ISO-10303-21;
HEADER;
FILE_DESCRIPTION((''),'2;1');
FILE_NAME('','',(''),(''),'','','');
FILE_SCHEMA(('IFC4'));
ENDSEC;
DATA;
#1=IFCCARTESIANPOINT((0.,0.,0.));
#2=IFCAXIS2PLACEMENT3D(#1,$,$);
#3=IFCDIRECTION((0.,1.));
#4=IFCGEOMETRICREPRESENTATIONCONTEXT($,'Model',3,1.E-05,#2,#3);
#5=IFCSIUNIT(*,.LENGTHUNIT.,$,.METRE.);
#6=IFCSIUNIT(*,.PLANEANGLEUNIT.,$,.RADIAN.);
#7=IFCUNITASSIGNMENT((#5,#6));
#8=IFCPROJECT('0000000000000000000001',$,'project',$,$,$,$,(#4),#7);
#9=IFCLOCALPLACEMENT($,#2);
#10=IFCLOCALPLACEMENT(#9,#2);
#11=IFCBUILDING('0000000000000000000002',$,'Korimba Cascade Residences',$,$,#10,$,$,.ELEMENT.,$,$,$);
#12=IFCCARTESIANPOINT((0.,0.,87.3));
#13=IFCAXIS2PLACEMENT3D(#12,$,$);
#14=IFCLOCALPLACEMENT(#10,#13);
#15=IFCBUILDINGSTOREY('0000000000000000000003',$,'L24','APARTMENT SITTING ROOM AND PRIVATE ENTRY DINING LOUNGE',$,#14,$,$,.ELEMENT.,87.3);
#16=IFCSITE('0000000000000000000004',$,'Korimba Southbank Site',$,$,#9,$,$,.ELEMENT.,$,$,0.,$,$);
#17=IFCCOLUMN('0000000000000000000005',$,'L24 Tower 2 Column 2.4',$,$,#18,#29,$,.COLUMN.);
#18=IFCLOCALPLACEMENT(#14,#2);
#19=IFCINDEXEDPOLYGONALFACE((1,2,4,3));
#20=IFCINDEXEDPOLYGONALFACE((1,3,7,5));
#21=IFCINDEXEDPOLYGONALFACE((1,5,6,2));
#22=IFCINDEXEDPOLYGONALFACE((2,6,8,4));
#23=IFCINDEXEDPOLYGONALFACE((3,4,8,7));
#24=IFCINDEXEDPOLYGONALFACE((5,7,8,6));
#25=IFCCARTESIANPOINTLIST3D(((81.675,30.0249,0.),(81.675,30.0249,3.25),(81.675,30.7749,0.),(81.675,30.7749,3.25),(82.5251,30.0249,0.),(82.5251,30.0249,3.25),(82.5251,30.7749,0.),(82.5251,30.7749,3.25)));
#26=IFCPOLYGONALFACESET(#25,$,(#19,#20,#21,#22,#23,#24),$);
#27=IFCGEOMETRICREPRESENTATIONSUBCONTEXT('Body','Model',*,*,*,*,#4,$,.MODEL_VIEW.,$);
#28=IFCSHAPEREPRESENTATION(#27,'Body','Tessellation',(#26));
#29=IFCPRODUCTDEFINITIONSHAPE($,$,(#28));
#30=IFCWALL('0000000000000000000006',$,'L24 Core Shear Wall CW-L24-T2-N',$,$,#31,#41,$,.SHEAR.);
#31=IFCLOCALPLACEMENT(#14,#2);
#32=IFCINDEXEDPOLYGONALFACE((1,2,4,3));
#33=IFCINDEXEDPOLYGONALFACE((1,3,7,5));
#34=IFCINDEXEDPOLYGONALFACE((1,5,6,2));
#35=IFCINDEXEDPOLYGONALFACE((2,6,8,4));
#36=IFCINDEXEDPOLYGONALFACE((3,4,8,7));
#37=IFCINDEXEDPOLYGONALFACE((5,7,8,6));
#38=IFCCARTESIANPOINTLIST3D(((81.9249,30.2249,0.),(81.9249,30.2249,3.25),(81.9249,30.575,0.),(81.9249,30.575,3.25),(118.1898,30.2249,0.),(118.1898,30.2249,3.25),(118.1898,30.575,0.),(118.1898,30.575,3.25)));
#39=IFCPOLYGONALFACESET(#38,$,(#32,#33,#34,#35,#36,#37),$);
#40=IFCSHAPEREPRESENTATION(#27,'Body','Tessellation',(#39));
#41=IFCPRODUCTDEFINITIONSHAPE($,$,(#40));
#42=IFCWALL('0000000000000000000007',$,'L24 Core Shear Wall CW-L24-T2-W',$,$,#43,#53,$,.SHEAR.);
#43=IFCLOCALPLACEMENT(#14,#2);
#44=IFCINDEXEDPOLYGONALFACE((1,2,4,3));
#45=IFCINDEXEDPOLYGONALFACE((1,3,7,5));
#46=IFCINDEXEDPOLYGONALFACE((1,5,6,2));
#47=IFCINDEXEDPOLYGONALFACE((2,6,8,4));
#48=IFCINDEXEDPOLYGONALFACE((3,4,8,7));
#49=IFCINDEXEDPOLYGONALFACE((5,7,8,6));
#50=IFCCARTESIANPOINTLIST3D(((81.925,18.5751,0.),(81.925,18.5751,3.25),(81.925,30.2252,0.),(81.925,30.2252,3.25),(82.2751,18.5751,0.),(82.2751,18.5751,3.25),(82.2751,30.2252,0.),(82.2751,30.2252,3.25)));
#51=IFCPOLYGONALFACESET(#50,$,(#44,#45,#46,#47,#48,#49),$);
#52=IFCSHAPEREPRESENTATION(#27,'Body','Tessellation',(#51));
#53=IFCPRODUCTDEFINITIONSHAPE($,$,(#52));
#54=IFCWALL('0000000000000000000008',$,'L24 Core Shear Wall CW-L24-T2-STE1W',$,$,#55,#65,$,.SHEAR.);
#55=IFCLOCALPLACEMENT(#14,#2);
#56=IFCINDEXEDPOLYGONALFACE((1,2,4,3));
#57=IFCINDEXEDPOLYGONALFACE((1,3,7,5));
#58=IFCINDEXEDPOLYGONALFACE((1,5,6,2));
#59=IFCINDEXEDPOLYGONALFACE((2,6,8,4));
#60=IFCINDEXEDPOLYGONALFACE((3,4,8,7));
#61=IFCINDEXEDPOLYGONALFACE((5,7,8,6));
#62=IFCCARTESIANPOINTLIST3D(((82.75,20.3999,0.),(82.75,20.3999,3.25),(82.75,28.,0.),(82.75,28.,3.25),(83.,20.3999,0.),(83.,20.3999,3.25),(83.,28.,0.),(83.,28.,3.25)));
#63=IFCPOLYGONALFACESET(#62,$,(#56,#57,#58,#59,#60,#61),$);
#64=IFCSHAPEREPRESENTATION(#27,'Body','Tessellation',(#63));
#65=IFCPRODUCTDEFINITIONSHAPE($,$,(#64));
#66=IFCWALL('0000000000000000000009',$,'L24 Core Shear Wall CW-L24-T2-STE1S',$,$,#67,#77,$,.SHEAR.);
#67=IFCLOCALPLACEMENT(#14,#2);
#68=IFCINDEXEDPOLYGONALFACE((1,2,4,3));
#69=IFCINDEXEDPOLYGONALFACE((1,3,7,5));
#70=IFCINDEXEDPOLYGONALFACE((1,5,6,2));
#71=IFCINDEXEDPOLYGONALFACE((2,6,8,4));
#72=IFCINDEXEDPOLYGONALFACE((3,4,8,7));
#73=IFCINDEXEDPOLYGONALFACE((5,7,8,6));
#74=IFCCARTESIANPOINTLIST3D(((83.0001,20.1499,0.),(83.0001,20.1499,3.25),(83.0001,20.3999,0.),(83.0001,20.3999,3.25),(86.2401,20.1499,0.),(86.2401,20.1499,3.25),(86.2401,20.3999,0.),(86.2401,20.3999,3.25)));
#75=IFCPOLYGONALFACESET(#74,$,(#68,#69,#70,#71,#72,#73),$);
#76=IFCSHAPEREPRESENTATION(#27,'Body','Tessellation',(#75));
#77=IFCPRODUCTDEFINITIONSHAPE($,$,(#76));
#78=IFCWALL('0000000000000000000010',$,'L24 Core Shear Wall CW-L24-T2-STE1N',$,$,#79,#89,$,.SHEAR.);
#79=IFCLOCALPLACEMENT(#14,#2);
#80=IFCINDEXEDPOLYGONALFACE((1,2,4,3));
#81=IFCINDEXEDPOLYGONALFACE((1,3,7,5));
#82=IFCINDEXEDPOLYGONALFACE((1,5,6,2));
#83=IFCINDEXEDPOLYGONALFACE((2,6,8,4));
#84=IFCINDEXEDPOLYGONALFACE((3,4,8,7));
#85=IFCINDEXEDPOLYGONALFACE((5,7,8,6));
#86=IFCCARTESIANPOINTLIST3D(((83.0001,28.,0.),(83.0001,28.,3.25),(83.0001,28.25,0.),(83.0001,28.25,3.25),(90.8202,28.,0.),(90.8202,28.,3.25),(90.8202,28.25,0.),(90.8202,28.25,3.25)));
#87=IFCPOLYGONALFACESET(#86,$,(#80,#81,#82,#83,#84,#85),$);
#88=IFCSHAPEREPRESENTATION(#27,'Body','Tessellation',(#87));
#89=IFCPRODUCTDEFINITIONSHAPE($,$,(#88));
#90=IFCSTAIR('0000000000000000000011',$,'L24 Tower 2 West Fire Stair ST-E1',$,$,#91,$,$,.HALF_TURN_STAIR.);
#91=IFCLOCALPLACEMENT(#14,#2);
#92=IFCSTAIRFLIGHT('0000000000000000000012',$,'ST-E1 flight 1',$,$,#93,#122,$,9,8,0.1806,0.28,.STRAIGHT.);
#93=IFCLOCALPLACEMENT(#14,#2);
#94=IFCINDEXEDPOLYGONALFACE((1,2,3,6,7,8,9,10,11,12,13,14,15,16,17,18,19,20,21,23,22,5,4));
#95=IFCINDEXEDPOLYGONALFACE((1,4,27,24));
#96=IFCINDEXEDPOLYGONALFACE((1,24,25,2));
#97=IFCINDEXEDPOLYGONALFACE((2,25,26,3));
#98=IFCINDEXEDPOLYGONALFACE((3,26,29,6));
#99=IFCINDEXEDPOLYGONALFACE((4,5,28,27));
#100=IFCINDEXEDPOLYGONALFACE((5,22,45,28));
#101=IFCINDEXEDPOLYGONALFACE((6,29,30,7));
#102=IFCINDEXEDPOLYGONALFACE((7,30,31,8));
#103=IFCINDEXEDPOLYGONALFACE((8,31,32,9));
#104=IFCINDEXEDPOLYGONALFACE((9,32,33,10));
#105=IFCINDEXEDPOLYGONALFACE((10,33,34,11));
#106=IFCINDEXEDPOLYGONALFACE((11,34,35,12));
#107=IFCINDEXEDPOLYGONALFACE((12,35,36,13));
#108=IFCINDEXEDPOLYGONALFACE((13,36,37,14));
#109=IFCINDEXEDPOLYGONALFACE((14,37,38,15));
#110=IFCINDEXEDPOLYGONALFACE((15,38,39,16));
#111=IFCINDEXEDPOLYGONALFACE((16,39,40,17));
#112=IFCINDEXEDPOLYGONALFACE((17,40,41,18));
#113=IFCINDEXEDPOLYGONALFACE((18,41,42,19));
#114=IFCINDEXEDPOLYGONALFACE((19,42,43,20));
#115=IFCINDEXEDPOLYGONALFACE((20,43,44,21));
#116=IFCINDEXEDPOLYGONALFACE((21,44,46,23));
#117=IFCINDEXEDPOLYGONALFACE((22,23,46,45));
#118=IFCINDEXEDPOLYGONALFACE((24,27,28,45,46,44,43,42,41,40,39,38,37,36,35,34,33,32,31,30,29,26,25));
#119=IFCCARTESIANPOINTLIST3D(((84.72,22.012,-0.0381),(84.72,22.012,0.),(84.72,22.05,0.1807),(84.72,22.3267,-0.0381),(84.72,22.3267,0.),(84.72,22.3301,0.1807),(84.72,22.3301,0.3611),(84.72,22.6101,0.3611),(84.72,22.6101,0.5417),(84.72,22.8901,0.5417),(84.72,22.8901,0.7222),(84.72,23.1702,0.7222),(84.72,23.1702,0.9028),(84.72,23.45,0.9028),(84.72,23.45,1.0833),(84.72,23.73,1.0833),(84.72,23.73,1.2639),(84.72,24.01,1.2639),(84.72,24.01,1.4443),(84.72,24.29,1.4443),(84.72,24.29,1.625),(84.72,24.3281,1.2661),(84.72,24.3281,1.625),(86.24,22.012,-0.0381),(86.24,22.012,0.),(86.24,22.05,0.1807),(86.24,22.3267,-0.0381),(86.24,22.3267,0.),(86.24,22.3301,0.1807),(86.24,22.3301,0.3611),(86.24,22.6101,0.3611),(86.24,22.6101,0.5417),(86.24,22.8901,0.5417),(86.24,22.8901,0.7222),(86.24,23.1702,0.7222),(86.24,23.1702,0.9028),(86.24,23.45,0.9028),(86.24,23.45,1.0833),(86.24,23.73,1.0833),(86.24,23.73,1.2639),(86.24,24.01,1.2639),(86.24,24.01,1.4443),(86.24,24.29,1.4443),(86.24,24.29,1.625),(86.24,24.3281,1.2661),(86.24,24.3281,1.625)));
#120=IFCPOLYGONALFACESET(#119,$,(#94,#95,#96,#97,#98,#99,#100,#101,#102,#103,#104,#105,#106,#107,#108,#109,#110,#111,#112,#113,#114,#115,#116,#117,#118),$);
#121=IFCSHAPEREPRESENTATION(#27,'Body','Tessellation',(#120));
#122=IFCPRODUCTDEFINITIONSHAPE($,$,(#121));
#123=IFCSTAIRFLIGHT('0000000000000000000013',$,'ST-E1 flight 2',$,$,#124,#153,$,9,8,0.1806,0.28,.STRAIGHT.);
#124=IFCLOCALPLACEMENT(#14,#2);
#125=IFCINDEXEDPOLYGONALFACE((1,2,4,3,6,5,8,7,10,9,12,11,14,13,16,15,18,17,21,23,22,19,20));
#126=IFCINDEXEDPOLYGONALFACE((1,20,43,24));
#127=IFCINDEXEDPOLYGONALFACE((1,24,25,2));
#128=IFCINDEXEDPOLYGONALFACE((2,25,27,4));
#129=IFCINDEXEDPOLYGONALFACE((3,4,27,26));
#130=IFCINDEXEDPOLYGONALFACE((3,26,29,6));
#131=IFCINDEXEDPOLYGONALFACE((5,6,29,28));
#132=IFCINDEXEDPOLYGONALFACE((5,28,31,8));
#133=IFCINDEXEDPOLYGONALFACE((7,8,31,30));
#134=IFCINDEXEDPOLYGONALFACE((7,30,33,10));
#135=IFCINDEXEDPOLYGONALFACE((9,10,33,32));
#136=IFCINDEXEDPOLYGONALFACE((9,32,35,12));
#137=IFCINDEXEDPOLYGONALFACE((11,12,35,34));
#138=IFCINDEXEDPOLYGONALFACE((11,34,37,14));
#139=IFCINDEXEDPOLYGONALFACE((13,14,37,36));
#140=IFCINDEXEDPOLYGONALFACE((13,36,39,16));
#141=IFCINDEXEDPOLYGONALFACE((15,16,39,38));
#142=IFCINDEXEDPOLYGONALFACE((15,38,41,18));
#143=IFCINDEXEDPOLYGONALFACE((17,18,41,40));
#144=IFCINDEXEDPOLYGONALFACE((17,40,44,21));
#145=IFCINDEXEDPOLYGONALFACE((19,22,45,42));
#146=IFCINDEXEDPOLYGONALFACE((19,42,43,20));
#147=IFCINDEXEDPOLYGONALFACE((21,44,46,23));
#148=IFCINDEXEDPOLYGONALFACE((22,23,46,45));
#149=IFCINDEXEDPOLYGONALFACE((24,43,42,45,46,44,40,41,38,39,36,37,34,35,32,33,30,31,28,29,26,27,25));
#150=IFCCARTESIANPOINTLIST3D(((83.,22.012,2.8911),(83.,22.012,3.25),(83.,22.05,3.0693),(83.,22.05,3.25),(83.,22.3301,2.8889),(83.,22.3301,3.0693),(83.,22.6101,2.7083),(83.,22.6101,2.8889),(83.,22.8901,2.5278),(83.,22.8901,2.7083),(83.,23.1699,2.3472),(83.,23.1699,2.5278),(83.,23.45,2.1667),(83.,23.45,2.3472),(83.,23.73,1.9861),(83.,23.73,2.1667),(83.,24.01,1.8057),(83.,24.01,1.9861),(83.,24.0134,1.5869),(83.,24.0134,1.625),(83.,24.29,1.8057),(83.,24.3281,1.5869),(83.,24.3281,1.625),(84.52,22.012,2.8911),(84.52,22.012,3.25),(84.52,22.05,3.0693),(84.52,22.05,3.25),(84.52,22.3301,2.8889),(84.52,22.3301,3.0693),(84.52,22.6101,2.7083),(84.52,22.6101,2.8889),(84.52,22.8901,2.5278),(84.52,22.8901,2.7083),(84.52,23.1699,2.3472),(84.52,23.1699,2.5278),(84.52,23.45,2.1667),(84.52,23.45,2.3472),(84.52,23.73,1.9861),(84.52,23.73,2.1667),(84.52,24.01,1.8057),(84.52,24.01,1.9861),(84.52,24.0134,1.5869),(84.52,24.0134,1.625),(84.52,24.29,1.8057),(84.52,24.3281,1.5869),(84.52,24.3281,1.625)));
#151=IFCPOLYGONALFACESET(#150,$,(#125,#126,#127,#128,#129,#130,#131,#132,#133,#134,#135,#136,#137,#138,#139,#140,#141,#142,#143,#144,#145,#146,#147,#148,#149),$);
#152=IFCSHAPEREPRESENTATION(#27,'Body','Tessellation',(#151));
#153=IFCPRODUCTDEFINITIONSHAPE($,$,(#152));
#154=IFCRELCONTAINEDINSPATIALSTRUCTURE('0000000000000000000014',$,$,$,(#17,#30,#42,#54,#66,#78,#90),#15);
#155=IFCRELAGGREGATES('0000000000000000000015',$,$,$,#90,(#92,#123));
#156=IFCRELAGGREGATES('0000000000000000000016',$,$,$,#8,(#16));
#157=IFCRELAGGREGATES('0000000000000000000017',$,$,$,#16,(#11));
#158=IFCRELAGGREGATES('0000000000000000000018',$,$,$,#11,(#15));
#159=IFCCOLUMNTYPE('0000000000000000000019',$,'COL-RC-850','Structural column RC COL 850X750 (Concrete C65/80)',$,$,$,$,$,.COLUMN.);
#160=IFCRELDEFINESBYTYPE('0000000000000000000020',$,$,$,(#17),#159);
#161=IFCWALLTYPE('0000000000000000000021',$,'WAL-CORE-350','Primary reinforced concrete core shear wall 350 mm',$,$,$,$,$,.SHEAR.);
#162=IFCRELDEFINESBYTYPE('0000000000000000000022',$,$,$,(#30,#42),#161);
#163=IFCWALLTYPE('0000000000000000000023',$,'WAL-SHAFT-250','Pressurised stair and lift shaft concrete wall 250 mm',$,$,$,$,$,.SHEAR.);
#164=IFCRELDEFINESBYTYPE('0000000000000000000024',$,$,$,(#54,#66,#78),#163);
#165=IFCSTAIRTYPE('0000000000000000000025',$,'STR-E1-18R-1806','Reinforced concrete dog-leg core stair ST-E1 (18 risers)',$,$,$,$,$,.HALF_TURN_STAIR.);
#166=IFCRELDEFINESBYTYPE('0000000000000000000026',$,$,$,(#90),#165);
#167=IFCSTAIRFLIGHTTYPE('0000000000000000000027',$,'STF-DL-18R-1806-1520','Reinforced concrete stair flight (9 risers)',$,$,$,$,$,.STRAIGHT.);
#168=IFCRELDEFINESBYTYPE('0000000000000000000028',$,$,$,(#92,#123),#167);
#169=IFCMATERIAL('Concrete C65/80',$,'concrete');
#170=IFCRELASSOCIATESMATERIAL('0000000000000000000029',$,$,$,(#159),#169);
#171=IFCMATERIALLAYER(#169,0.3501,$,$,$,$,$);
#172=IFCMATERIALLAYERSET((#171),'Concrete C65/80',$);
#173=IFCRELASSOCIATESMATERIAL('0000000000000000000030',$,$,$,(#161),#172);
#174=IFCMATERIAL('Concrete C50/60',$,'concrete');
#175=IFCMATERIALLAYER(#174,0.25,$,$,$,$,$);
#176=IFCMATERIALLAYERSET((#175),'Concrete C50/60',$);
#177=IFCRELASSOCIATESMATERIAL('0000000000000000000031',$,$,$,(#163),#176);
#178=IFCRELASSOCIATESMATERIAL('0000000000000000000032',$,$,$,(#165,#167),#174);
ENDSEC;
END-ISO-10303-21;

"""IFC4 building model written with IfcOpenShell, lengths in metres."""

from ifc_helpers import new_model, si_unit, direction, frame, frame_2d, origin, origin_2d, place, context, subcontext, project, spatial, polyline, rectangle, outline, extrude, material, layer, layer_set, material_profile, profile_set, type_object, element, aggregate, save


model = new_model("IFC4")

# Units and contexts
model_context = context("Model", 3, precision=1e-05, world=origin(), true_north=direction((0.0, 1.0)))
body_context = subcontext(model_context, "Body", "Model", "MODEL_VIEW")
ifc_project = project(units=[si_unit("LENGTHUNIT", "METRE"), si_unit("PLANEANGLEUNIT", "RADIAN")], contexts=[model_context])

# Site, building, storey
site_placement = place(None, origin())
site = spatial("IfcSite", under=ifc_project, at=site_placement, Name="Korimba Southbank Site", CompositionType="ELEMENT", RefElevation=0.0)
building_placement = place(site_placement, origin())
building = spatial("IfcBuilding", under=site, at=building_placement, Name="Korimba Cascade Residences", CompositionType="ELEMENT")
storey_placement = place(building_placement, frame((0.0, 0.0, 87.3)))
storey = spatial("IfcBuildingStorey", under=building, at=storey_placement, Name="L24", Description="APARTMENT SITTING ROOM AND PRIVATE ENTRY DINING LOUNGE", CompositionType="ELEMENT", Elevation=87.3)

# Column
ifc_material_1 = material(Name="Concrete C65/80", Category="concrete")
ifc_material_profile = material_profile(ifc_material_1, rectangle(XDim=0.8501, YDim=0.75, at=origin_2d()), Name="Concrete C65/80")
ifc_profile_set = profile_set([ifc_material_profile], Name="Concrete C65/80")
column_type = type_object("IfcColumnType", Name="COL-RC-850", Description="Structural column RC COL 850X750 (Concrete C65/80)", PredefinedType="COLUMN", material=ifc_profile_set)
column_placement = place(storey_placement, frame((82.1001, 30.3999, 0.0), z_axis=(0.0, 0.0, 1.0), x_axis=(1.0, 0.0, 0.0)))
element("IfcColumn", 1, at=column_placement, inside=storey, type_object=column_type, Name="L24 Tower 2 Column 2.4", PredefinedType="COLUMN", context=body_context, shape_type="SweptSolid", body=[
    extrude(rectangle(XDim=0.8501, YDim=0.75, at=origin_2d()), origin(), (0.0, 0.0, 1.0), 3.25),
])

# Walls
ifc_layer_1 = layer(ifc_material_1, 0.3501)
ifc_layer_set_1 = layer_set([ifc_layer_1], Name="Concrete C65/80")
wall_type_1 = type_object("IfcWallType", Name="WAL-CORE-350", Description="Primary reinforced concrete core shear wall 350 mm", PredefinedType="SHEAR", material=ifc_layer_set_1)
wall_1_placement = place(storey_placement, frame((81.925, 30.3999, 0.0), z_axis=(0.0, 0.0, 1.0), x_axis=(1.0, 0.0, 0.0)))
element("IfcWall", 2, at=wall_1_placement, inside=storey, type_object=wall_type_1, Name="L24 Core Shear Wall CW-L24-T2-N", PredefinedType="SHEAR", context=body_context, shape_type="SweptSolid", body=[
    extrude(rectangle(XDim=36.2649, YDim=0.3501, at=frame_2d((18.1323, 0.0))), origin(), (0.0, 0.0, 1.0), 3.25),
])
wall_2_placement = place(storey_placement, frame((82.1001, 18.575, 0.0), z_axis=(0.0, 0.0, 1.0), x_axis=(0.0, 1.0, 0.0)))
element("IfcWall", 3, at=wall_2_placement, inside=storey, type_object=wall_type_1, Name="L24 Core Shear Wall CW-L24-T2-W", PredefinedType="SHEAR", context=body_context, shape_type="SweptSolid", body=[
    extrude(rectangle(XDim=11.6501, YDim=0.3501, at=frame_2d((5.8252, 0.0))), origin(), (0.0, 0.0, 1.0), 3.25),
])
ifc_material_2 = material(Name="Concrete C50/60", Category="concrete")
ifc_layer_2 = layer(ifc_material_2, 0.25)
ifc_layer_set_2 = layer_set([ifc_layer_2], Name="Concrete C50/60")
wall_type_2 = type_object("IfcWallType", Name="WAL-SHAFT-250", Description="Pressurised stair and lift shaft concrete wall 250 mm", PredefinedType="SHEAR", material=ifc_layer_set_2)
wall_3_placement = place(storey_placement, frame((82.875, 20.3999, 0.0), z_axis=(0.0, 0.0, 1.0), x_axis=(0.0, 1.0, 0.0)))
element("IfcWall", 4, at=wall_3_placement, inside=storey, type_object=wall_type_2, Name="L24 Core Shear Wall CW-L24-T2-STE1W", PredefinedType="SHEAR", context=body_context, shape_type="SweptSolid", body=[
    extrude(rectangle(XDim=7.6001, YDim=0.25, at=frame_2d((3.8, 0.0))), origin(), (0.0, 0.0, 1.0), 3.25),
])
wall_4_placement = place(storey_placement, frame((83.0, 20.2749, 0.0), z_axis=(0.0, 0.0, 1.0), x_axis=(1.0, 0.0, 0.0)))
element("IfcWall", 5, at=wall_4_placement, inside=storey, type_object=wall_type_2, Name="L24 Core Shear Wall CW-L24-T2-STE1S", PredefinedType="SHEAR", context=body_context, shape_type="SweptSolid", body=[
    extrude(rectangle(XDim=3.24, YDim=0.25, at=frame_2d((1.6201, 0.0))), origin(), (0.0, 0.0, 1.0), 3.25),
])
wall_5_placement = place(storey_placement, frame((83.0, 28.125, 0.0), z_axis=(0.0, 0.0, 1.0), x_axis=(1.0, 0.0, 0.0)))
element("IfcWall", 6, at=wall_5_placement, inside=storey, type_object=wall_type_2, Name="L24 Core Shear Wall CW-L24-T2-STE1N", PredefinedType="SHEAR", context=body_context, shape_type="SweptSolid", body=[
    extrude(rectangle(XDim=7.8201, YDim=0.25, at=frame_2d((3.9102, 0.0))), origin(), (0.0, 0.0, 1.0), 3.25),
])

# Stair, stair flights
stair_type = type_object("IfcStairType", Name="STR-E1-18R-1806", Description="Reinforced concrete dog-leg core stair ST-E1 (18 risers)", PredefinedType="HALF_TURN_STAIR", material=ifc_material_2)
stair_placement = place(storey_placement, origin())
stair = element("IfcStair", 7, at=stair_placement, inside=storey, type_object=stair_type, Name="L24 Tower 2 West Fire Stair ST-E1", PredefinedType="HALF_TURN_STAIR")
stair_flight_type = type_object("IfcStairFlightType", Name="STF-DL-18R-1806-1520", Description="Reinforced concrete stair flight (9 risers)", PredefinedType="STRAIGHT", material=ifc_material_2)
stair_flight_1_placement = place(storey_placement, frame((85.48, 22.05, 0.0), z_axis=(0.0, 0.0, 1.0), x_axis=(0.0, 1.0, 0.0)))
stair_flight_1 = element("IfcStairFlight", 8, at=stair_flight_1_placement, type_object=stair_flight_type, Name="ST-E1 flight 1", NumberOfRisers=9, NumberOfTreads=8, PredefinedType="STRAIGHT", RiserHeight=0.1806, TreadLength=0.28, context=body_context, shape_type="SweptSolid", body=[
    extrude(outline(polyline([(-0.0381, 0.0), (0.0, 0.1807), (0.28, 0.1807), (0.28, 0.3611), (0.5601, 0.3611), (0.5601, 0.5417), (0.8401, 0.5417), (0.8401, 0.7222), (1.1201, 0.7222), (1.1201, 0.9028), (1.3999, 0.9028), (1.3999, 1.0833), (1.6799, 1.0833), (1.6799, 1.2639), (1.96, 1.2639), (1.96, 1.4443), (2.24, 1.4443), (2.24, 1.625), (2.2781, 1.625), (2.2781, 1.2661), (0.2766, 0.0), (0.2766, -0.0381), (-0.0381, -0.0381), (-0.0381, 0.0)])), frame((0.0, 0.76, 0.0), z_axis=(0.0, -1.0, 0.0), x_axis=(1.0, 0.0, 0.0)), (0.0, 0.0, 1.0), 1.52),
])
stair_flight_2_placement = place(storey_placement, frame((83.76, 24.29, 1.625), z_axis=(0.0, 0.0, 1.0), x_axis=(0.0, -1.0, 0.0)))
stair_flight_2 = element("IfcStairFlight", 9, at=stair_flight_2_placement, type_object=stair_flight_type, Name="ST-E1 flight 2", NumberOfRisers=9, NumberOfTreads=8, PredefinedType="STRAIGHT", RiserHeight=0.1806, TreadLength=0.28, context=body_context, shape_type="SweptSolid", body=[
    extrude(outline(polyline([(-0.0381, 0.0), (0.0, 0.1807), (0.28, 0.1807), (0.28, 0.3611), (0.5601, 0.3611), (0.5601, 0.5417), (0.8401, 0.5417), (0.8401, 0.7222), (1.1201, 0.7222), (1.1201, 0.9028), (1.3999, 0.9028), (1.3999, 1.0833), (1.6799, 1.0833), (1.6799, 1.2639), (1.96, 1.2639), (1.96, 1.4443), (2.24, 1.4443), (2.24, 1.625), (2.2781, 1.625), (2.2781, 1.2661), (0.2766, 0.0), (0.2766, -0.0381), (-0.0381, -0.0381), (-0.0381, 0.0)])), frame((0.0, 0.76, 0.0), z_axis=(0.0, -1.0, 0.0), x_axis=(1.0, 0.0, 0.0)), (0.0, 0.0, 1.0), 1.52),
])
aggregate(stair, [stair_flight_1, stair_flight_2])

save(model, "model.ifc")
